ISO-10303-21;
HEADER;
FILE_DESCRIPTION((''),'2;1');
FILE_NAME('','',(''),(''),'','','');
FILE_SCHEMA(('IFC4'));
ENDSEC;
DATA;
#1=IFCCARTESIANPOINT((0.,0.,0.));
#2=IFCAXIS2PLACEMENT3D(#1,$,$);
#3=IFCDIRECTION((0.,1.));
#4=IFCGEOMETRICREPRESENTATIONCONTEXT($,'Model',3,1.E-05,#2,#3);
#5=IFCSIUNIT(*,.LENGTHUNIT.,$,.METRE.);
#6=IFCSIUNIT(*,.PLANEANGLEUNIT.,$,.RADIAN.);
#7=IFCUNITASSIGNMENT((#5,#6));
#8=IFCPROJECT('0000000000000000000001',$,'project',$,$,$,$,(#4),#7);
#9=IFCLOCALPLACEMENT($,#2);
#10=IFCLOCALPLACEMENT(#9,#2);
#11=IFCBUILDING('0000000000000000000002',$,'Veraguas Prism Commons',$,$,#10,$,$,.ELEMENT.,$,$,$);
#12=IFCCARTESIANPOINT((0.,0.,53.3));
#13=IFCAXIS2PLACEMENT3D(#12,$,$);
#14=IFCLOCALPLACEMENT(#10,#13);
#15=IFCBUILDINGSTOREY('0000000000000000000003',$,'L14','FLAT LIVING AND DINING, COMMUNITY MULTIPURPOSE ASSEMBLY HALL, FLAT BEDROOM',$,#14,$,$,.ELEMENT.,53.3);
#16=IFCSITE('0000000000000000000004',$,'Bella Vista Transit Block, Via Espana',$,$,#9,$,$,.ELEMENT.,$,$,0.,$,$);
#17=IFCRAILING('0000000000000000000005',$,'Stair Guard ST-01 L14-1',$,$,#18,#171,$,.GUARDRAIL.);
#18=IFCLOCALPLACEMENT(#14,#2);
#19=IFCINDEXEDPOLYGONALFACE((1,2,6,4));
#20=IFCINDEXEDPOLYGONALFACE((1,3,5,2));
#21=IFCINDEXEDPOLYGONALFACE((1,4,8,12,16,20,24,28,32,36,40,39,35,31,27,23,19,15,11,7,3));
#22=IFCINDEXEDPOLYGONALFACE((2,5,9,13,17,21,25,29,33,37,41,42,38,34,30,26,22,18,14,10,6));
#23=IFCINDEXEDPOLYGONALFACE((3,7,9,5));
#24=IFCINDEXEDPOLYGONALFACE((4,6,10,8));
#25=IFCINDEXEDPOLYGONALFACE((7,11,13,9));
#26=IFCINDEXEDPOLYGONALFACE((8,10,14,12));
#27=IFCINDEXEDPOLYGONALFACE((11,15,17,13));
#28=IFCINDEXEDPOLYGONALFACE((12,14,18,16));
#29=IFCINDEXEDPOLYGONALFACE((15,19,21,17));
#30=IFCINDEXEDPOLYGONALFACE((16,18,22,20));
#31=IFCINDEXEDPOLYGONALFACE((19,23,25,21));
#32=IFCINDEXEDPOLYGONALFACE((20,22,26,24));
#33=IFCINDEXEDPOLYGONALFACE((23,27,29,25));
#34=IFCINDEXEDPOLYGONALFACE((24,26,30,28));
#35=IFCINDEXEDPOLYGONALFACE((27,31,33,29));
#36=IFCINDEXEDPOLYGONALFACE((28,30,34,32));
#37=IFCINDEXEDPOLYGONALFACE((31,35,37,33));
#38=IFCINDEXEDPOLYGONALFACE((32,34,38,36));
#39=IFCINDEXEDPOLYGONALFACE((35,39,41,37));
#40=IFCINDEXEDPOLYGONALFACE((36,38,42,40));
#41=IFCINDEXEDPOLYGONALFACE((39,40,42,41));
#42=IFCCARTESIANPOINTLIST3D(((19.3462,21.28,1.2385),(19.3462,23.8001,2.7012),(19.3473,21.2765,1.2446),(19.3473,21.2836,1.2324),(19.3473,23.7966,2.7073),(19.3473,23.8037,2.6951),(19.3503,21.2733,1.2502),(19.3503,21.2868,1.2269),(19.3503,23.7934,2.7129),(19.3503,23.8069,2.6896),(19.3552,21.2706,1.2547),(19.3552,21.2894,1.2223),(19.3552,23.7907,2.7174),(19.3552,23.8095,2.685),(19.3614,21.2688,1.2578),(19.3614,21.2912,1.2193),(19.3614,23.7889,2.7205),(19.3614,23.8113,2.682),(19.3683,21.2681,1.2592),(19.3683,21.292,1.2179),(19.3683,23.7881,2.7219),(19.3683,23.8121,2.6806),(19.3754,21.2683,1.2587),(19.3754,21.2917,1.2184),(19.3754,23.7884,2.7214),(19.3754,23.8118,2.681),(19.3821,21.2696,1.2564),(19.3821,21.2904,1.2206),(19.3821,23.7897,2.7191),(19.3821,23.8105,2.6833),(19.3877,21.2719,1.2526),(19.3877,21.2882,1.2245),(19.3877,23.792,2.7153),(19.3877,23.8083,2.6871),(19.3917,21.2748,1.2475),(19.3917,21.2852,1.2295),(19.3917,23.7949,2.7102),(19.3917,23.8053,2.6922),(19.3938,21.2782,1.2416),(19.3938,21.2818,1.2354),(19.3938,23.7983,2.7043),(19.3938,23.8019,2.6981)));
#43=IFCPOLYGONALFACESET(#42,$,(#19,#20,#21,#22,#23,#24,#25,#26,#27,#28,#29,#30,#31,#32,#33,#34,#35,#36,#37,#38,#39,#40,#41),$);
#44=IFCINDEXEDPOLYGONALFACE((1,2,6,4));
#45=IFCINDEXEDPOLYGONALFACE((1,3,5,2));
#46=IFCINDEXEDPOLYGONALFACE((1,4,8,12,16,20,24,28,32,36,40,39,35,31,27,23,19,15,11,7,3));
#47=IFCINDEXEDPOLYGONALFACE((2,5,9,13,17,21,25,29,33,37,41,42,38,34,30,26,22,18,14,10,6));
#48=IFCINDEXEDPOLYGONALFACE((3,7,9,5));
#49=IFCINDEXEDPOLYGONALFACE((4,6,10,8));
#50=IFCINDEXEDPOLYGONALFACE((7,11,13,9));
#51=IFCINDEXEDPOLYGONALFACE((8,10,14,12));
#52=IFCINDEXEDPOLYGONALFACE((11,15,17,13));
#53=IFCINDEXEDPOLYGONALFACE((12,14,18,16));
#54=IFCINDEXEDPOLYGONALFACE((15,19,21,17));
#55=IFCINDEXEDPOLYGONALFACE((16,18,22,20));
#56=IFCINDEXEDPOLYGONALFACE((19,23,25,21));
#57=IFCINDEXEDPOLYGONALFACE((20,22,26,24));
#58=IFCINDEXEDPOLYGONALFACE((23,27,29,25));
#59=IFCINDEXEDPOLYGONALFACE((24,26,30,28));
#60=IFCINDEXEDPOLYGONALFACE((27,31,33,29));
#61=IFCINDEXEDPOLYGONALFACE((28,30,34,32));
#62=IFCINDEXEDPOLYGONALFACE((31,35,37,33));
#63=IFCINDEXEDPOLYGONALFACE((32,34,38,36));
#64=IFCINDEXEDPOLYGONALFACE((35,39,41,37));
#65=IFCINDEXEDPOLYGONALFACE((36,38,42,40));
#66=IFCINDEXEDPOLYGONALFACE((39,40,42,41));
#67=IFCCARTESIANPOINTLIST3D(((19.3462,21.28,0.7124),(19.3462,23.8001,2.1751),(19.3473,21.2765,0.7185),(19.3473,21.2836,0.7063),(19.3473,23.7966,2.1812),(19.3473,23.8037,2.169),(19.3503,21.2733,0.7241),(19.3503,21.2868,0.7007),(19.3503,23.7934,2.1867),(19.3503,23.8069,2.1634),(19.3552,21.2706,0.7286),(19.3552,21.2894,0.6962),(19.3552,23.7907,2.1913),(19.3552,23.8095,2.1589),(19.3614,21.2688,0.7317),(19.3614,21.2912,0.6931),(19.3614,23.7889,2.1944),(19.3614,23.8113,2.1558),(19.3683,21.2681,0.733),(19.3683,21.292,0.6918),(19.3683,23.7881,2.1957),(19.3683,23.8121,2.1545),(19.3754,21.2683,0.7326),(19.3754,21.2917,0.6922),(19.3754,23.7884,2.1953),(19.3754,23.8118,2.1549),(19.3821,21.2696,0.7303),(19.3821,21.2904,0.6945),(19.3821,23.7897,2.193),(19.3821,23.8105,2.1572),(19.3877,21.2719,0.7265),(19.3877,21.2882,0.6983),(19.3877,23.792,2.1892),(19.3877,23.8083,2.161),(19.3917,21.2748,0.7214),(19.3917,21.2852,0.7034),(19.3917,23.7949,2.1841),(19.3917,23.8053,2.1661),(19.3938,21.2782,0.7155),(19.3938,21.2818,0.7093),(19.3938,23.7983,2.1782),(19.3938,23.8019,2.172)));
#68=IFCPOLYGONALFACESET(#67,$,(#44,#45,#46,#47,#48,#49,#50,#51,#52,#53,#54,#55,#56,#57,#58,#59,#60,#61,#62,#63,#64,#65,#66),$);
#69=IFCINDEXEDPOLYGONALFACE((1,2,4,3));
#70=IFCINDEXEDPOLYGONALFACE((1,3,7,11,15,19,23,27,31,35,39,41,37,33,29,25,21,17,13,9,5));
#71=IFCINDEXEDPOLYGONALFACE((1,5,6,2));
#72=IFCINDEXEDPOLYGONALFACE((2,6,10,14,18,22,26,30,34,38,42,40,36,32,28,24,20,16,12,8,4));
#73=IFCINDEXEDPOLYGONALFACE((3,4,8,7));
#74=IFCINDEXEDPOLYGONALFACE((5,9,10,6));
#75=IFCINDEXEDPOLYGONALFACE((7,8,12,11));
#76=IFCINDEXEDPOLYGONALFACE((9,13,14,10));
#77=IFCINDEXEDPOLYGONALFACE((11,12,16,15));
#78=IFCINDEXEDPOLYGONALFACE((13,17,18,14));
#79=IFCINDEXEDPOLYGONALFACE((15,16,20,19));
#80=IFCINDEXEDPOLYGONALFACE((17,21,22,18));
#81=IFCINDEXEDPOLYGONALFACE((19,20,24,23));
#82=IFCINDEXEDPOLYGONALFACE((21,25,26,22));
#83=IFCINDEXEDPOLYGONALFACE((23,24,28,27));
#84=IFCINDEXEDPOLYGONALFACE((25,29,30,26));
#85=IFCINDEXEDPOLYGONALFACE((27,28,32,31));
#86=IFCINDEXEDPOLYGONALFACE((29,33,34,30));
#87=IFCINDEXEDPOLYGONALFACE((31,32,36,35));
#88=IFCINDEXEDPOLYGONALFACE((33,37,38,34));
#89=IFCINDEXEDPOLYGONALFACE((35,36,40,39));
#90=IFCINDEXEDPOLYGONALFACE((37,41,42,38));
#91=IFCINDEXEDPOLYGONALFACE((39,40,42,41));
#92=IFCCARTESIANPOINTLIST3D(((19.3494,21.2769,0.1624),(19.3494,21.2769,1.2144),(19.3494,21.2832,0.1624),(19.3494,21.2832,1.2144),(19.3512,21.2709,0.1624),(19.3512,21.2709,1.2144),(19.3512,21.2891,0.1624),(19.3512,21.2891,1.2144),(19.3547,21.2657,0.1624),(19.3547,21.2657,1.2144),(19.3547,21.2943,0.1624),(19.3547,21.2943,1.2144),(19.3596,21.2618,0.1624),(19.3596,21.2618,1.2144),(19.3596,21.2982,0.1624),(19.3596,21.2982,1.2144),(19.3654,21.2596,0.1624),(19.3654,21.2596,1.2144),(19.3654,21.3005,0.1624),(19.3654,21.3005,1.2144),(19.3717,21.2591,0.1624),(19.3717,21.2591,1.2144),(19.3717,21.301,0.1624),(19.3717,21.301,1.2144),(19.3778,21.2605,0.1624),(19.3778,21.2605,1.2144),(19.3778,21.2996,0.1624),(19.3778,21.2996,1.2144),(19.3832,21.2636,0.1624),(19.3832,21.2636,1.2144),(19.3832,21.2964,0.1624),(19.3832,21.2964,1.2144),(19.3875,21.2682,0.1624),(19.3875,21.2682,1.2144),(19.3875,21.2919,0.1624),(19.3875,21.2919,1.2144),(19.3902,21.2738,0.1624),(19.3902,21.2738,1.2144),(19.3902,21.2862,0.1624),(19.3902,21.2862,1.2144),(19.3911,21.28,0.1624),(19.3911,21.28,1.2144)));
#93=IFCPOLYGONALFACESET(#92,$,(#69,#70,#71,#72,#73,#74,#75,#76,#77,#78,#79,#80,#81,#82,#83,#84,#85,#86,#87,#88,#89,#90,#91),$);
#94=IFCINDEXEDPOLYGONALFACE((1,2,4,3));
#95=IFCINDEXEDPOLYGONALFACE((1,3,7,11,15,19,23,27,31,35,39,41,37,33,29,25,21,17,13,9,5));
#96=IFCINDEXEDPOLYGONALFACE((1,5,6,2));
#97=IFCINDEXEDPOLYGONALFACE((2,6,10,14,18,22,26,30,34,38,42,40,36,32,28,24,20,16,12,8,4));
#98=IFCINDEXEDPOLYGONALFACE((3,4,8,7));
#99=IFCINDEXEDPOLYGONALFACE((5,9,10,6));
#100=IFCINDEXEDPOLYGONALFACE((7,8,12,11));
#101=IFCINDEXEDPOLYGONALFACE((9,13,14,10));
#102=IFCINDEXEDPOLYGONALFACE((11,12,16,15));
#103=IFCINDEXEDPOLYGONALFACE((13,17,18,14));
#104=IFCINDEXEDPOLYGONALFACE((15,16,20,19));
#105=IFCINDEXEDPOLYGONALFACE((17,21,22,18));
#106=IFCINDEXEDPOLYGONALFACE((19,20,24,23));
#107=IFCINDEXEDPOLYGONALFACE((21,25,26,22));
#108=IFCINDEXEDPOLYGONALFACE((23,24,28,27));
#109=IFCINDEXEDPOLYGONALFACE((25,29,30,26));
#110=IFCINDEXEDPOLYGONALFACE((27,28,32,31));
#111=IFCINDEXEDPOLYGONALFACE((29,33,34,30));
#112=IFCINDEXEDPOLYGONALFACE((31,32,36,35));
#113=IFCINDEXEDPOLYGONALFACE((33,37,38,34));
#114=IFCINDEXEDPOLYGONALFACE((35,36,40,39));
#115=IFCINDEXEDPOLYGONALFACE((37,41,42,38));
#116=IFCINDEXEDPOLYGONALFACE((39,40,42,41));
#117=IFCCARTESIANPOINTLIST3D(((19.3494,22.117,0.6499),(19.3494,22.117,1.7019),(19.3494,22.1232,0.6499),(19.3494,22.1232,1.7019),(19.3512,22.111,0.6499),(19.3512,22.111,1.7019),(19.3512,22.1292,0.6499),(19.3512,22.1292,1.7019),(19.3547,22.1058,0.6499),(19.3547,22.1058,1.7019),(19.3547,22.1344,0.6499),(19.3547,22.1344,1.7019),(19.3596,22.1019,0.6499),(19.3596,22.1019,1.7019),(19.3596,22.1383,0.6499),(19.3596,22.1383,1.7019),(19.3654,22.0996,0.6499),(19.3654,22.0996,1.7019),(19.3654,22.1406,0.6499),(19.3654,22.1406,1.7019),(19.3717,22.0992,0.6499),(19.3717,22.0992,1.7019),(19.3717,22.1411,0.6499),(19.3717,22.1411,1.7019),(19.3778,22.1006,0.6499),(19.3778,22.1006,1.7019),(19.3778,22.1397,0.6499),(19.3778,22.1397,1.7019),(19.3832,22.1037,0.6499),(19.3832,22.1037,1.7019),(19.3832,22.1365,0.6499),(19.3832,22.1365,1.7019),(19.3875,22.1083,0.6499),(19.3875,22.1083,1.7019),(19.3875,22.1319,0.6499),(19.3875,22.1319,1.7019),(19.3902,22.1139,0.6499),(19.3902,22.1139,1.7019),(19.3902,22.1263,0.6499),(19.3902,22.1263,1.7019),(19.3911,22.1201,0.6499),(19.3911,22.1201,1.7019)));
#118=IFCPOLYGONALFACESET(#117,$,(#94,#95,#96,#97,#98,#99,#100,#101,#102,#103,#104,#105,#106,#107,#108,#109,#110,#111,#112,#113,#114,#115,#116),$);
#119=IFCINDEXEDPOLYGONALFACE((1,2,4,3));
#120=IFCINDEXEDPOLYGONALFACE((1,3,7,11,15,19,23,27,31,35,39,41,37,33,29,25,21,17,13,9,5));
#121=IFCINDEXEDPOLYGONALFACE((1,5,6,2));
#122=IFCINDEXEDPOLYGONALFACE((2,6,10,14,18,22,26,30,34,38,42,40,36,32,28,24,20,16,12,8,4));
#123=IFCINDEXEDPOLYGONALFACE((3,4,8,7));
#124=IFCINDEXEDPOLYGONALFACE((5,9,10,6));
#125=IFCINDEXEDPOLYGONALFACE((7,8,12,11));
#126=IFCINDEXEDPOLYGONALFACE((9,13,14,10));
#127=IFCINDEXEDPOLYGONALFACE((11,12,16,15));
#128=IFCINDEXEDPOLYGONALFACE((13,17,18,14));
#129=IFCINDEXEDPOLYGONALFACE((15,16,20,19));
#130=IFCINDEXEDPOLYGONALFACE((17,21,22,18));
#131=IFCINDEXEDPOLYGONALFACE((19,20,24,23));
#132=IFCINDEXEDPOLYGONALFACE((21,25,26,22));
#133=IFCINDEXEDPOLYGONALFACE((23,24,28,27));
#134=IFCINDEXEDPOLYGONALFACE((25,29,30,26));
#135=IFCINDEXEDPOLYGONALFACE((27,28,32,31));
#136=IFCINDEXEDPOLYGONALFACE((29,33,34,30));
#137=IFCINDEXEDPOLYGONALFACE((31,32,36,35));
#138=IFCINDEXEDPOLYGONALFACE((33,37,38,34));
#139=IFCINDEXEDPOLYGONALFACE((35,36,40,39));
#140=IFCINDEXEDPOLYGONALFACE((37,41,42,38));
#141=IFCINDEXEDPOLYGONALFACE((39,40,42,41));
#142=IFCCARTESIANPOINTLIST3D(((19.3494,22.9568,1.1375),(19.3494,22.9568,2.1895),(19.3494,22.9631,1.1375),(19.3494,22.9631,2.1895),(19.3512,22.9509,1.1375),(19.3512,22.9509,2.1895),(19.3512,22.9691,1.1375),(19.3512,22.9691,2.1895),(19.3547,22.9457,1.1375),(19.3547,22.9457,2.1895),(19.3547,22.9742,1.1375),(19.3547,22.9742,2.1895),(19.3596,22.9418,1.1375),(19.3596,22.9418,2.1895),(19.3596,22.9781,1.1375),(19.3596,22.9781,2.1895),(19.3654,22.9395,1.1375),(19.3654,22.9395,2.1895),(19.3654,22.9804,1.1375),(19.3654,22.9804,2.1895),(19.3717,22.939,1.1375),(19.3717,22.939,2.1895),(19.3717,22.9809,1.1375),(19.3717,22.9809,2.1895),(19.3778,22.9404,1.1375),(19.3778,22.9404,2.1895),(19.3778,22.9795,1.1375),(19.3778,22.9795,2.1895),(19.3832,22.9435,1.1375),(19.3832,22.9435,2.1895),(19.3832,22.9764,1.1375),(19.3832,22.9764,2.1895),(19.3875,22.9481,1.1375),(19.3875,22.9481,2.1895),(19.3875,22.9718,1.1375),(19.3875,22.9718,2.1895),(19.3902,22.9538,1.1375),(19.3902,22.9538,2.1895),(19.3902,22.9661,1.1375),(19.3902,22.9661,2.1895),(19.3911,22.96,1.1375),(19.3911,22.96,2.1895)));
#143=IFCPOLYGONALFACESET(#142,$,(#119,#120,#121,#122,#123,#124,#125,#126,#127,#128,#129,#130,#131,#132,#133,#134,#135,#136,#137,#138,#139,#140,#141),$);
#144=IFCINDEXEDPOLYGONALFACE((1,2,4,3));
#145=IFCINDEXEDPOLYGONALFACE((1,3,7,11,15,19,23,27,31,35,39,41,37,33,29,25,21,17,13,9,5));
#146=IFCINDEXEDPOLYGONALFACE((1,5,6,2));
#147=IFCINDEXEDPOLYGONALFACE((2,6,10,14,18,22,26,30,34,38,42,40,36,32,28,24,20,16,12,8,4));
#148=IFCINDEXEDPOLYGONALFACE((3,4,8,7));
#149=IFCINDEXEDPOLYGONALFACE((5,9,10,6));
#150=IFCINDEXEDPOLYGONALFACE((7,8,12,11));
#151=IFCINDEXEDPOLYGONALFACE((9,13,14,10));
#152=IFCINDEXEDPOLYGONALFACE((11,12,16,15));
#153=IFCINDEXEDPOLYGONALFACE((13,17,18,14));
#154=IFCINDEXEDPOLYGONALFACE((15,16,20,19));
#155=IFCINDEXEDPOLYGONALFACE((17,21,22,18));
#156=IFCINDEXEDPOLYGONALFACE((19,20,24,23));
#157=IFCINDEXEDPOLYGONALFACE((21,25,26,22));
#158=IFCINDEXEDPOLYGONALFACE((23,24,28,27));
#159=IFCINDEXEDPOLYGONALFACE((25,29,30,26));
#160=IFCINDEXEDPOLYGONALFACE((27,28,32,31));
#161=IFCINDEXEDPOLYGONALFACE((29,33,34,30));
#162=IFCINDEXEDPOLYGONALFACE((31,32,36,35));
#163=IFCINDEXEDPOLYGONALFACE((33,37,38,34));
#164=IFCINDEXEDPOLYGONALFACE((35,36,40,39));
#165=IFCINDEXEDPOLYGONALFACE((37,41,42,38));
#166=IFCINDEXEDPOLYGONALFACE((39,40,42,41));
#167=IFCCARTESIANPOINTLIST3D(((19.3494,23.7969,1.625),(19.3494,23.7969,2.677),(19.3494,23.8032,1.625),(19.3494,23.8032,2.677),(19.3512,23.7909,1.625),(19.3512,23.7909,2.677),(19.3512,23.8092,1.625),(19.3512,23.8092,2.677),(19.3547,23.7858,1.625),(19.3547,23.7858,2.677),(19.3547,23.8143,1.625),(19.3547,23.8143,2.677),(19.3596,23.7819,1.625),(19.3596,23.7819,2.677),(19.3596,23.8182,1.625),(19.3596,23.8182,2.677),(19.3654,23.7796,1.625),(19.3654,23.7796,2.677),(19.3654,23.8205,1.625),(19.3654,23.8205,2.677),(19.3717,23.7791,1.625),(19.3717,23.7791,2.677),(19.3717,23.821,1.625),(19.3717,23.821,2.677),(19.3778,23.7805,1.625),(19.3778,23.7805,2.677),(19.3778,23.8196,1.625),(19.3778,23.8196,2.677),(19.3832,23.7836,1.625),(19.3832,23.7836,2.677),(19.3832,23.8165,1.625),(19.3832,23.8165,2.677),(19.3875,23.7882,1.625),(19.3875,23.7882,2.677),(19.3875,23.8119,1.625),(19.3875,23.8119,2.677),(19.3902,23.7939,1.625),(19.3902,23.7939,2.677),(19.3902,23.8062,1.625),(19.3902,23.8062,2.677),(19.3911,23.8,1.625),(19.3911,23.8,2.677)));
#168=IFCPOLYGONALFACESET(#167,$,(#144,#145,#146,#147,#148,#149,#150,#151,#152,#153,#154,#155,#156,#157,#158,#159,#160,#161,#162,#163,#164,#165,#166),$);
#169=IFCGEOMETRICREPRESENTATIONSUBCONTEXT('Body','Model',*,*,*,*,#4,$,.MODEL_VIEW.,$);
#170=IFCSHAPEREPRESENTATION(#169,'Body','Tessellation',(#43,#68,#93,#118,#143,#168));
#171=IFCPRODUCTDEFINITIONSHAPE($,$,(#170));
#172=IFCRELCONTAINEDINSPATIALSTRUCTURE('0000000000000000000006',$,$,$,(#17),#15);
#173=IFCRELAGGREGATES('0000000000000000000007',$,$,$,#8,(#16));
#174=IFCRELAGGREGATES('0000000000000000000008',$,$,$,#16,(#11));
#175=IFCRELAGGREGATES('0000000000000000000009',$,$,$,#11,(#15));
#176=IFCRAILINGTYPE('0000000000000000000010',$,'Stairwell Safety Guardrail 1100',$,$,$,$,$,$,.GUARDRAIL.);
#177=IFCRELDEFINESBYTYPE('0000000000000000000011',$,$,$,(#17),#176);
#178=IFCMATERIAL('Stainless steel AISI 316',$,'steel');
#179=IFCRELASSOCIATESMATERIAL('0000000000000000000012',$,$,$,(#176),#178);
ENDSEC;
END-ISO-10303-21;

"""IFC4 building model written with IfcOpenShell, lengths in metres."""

from ifc_helpers import new_model, si_unit, direction, frame, origin, origin_2d, place, context, subcontext, project, spatial, circle, extrude, material, type_object, element, save


model = new_model("IFC4")

# Units and contexts
model_context = context("Model", 3, precision=1e-05, world=origin(), true_north=direction((0.0, 1.0)))
body_context = subcontext(model_context, "Body", "Model", "MODEL_VIEW")
ifc_project = project(units=[si_unit("LENGTHUNIT", "METRE"), si_unit("PLANEANGLEUNIT", "RADIAN")], contexts=[model_context])

# Site, building, storey
site_placement = place(None, origin())
site = spatial("IfcSite", under=ifc_project, at=site_placement, Name="Bella Vista Transit Block, Via Espana", CompositionType="ELEMENT", RefElevation=0.0)
building_placement = place(site_placement, origin())
building = spatial("IfcBuilding", under=site, at=building_placement, Name="Veraguas Prism Commons", CompositionType="ELEMENT")
storey_placement = place(building_placement, frame((0.0, 0.0, 53.3)))
storey = spatial("IfcBuildingStorey", under=building, at=storey_placement, Name="L14", Description="FLAT LIVING AND DINING, COMMUNITY MULTIPURPOSE ASSEMBLY HALL, FLAT BEDROOM", CompositionType="ELEMENT", Elevation=53.3)

# Railing
ifc_material_1 = material(Name="Stainless steel AISI 316", Category="steel")
railing_type_1 = type_object("IfcRailingType", Name="Stairwell Safety Guardrail 1100", PredefinedType="GUARDRAIL", material=ifc_material_1)
railing_1_placement = place(storey_placement, frame((19.3701, 21.28, 0.1624)))
element("IfcRailing", 1, at=railing_1_placement, inside=storey, type_object=railing_type_1, Name="Stair Guard ST-01 L14-1", PredefinedType="GUARDRAIL", context=body_context, shape_type="SweptSolid", body=[
    extrude(circle(Radius=0.0239, at=origin_2d()), frame((0.0, 0.0, 1.0762), z_axis=(0.0, 0.864877, 0.501984), x_axis=(-1.0, 0.0, 0.0)), (0.0, 0.0, 1.0), 2.9138),
    extrude(circle(Radius=0.0239, at=origin_2d()), frame((0.0, 0.0, 0.55), z_axis=(0.0, 0.864877, 0.501984), x_axis=(-1.0, 0.0, 0.0)), (0.0, 0.0, 1.0), 2.9138),
    extrude(circle(Radius=0.021, at=origin_2d()), origin(), (0.0, 0.0, 1.0), 1.052),
    extrude(circle(Radius=0.021, at=origin_2d()), frame((0.0, 0.8401, 0.4875)), (0.0, 0.0, 1.0), 1.052),
    extrude(circle(Radius=0.021, at=origin_2d()), frame((0.0, 1.6799, 0.9751)), (0.0, 0.0, 1.0), 1.052),
    extrude(circle(Radius=0.021, at=origin_2d()), frame((0.0, 2.52, 1.4626)), (0.0, 0.0, 1.0), 1.052),
])

save(model, "model.ifc")
